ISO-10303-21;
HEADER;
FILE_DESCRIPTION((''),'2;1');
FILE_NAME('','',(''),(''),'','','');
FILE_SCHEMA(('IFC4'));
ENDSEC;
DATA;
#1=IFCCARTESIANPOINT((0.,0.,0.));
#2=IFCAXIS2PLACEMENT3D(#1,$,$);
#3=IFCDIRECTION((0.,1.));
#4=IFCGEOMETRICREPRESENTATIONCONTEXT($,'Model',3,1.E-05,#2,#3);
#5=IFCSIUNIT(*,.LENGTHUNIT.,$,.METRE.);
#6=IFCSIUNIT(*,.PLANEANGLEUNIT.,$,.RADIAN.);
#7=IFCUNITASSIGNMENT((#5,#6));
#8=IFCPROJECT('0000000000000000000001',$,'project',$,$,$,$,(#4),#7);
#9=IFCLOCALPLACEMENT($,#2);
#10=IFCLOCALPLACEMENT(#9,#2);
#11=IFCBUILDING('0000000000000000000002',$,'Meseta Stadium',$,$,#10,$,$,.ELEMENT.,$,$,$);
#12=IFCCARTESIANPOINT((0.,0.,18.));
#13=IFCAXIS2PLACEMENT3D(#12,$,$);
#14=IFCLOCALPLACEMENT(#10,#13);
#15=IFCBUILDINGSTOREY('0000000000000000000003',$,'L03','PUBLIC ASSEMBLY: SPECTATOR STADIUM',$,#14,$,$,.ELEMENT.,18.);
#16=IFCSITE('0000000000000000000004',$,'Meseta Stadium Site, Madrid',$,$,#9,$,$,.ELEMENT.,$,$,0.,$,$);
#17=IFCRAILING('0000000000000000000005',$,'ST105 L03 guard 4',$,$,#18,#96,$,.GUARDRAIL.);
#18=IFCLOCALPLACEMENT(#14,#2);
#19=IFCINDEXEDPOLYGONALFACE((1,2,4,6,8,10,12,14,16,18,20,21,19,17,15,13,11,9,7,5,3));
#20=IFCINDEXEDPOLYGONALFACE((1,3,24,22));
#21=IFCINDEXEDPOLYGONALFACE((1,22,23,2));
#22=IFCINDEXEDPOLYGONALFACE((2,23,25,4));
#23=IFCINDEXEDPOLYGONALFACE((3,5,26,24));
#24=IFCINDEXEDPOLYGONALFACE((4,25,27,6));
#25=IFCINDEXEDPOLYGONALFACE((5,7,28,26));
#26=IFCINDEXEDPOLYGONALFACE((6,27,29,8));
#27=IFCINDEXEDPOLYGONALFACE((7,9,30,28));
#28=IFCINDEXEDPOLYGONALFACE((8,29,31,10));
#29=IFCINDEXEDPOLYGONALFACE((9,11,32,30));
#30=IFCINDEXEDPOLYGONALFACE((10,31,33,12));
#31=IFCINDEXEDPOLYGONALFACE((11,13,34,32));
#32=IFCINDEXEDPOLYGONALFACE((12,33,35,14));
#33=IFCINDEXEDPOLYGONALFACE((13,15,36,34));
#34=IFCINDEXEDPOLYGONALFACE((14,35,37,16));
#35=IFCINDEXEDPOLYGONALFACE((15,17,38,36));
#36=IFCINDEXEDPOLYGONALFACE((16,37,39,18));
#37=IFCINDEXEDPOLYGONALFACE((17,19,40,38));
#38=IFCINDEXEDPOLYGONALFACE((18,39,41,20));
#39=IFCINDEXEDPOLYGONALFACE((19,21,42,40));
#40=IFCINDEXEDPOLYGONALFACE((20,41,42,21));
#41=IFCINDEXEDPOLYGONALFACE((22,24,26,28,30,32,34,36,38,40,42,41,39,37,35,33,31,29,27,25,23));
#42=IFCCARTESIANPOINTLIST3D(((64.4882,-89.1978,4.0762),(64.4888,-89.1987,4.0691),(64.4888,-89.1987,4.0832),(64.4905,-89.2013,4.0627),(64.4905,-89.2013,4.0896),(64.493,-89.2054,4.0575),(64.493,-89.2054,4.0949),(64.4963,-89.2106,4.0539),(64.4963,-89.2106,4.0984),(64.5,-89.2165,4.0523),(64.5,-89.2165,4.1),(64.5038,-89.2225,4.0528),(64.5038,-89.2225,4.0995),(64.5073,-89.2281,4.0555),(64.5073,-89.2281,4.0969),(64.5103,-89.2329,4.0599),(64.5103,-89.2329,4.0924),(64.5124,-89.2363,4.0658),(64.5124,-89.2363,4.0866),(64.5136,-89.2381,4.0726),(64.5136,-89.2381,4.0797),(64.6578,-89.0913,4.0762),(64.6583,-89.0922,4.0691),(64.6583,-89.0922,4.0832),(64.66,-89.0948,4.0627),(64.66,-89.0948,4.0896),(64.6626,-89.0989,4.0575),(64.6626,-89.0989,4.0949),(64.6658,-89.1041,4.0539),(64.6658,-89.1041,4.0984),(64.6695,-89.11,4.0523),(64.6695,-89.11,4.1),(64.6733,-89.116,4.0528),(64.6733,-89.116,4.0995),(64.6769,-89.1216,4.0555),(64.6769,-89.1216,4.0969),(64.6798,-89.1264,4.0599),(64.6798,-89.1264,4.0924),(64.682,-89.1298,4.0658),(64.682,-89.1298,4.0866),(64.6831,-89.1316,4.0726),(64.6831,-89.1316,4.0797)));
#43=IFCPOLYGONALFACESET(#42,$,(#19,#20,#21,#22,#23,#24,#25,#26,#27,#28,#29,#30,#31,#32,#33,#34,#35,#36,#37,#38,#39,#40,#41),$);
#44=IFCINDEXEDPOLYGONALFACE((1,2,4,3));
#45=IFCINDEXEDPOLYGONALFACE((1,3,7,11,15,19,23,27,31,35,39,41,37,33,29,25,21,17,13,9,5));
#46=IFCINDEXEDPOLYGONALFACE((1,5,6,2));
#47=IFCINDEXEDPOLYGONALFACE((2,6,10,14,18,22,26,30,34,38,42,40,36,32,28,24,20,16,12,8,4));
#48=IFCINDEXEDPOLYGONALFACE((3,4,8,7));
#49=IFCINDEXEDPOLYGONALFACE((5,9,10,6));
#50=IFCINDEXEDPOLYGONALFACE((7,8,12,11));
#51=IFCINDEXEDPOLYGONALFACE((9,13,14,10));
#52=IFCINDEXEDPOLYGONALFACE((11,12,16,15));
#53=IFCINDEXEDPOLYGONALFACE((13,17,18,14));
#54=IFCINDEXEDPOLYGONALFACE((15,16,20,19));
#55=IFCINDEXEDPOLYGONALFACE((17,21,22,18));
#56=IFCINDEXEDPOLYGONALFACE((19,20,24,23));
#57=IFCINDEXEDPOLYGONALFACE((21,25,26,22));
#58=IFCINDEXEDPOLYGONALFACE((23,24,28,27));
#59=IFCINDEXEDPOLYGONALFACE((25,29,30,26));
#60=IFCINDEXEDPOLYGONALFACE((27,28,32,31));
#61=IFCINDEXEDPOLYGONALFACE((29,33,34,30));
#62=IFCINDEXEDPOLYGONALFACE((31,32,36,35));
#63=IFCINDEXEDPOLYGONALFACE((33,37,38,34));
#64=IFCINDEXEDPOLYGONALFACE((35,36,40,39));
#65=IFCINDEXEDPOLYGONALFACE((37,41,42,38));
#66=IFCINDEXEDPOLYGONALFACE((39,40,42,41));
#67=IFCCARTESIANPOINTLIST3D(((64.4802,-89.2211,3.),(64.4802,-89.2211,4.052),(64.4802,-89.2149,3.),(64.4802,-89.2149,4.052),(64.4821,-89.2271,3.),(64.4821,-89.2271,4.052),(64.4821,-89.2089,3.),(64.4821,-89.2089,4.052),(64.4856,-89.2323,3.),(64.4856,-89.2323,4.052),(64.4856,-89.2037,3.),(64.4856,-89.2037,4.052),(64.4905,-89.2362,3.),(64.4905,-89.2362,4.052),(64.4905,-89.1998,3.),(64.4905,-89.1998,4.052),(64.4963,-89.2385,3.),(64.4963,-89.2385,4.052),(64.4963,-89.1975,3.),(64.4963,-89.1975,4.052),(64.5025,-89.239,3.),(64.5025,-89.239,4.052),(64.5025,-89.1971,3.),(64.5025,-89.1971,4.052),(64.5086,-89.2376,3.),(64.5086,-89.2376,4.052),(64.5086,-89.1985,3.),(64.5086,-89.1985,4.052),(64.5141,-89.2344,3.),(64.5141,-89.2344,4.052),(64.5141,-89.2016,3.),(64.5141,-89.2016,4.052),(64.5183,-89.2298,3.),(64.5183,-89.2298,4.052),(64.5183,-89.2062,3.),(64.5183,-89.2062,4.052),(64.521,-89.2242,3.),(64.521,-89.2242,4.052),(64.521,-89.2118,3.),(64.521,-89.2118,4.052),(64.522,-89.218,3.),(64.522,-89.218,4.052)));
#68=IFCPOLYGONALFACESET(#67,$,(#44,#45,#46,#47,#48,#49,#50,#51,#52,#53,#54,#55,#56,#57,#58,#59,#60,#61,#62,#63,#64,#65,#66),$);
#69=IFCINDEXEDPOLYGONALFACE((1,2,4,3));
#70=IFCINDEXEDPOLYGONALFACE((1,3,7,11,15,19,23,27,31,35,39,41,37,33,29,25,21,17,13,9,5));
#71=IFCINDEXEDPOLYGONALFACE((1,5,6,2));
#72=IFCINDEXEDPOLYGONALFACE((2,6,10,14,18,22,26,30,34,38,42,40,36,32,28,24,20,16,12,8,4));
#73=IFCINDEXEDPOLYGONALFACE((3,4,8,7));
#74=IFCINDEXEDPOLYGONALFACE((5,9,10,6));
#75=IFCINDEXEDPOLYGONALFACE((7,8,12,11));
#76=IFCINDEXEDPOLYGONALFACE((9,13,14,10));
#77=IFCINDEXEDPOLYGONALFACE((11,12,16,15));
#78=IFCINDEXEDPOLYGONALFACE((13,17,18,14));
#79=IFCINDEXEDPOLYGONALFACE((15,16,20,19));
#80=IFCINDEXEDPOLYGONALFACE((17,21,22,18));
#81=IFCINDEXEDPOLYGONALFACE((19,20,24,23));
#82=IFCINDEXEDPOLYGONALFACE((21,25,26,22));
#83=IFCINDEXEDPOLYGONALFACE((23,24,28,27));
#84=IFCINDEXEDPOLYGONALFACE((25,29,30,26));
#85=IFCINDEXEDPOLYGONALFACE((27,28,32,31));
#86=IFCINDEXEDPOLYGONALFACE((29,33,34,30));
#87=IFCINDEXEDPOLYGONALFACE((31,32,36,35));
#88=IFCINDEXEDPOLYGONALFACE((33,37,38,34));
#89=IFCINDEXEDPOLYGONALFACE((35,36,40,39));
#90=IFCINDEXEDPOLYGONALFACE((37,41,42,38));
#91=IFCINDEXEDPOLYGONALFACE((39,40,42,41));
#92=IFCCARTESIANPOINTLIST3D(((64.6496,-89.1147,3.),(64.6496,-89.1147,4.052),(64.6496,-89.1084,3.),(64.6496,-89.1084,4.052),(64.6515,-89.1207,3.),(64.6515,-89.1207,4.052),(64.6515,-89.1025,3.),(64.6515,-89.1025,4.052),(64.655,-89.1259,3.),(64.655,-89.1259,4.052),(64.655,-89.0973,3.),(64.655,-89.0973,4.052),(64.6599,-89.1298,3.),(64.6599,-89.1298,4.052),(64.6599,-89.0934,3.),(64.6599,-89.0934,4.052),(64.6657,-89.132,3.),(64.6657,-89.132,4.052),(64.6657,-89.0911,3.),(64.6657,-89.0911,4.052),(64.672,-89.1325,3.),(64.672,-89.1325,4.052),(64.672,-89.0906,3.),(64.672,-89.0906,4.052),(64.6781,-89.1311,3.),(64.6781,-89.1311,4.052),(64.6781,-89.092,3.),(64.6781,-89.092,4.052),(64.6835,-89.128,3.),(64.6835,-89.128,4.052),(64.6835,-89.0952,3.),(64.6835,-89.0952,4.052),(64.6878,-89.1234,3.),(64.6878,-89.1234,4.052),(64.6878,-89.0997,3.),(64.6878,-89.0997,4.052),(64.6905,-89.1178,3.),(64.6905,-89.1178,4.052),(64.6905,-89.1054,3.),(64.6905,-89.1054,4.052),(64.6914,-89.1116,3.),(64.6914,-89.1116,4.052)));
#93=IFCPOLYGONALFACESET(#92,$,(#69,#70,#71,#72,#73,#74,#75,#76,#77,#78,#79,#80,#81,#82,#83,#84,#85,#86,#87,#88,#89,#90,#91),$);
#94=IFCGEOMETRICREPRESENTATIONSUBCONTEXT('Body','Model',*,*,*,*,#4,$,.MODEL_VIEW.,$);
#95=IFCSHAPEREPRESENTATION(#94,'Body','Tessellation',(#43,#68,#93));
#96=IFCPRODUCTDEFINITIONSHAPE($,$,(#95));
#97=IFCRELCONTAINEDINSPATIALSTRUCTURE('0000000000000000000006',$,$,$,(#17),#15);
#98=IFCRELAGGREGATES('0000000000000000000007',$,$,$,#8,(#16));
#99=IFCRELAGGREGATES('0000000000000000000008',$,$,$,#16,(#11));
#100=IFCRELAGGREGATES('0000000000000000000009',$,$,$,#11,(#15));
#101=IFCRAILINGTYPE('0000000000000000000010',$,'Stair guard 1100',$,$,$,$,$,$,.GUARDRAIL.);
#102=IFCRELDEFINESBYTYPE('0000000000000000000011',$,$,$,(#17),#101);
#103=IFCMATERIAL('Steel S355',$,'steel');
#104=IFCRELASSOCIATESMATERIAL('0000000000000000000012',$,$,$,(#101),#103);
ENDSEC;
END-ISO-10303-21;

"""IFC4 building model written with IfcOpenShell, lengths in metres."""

from ifc_helpers import new_model, si_unit, direction, frame, origin, origin_2d, place, context, subcontext, project, spatial, circle, extrude, material, type_object, element, save


model = new_model("IFC4")

# Units and contexts
model_context = context("Model", 3, precision=1e-05, world=origin(), true_north=direction((0.0, 1.0)))
body_context = subcontext(model_context, "Body", "Model", "MODEL_VIEW")
ifc_project = project(units=[si_unit("LENGTHUNIT", "METRE"), si_unit("PLANEANGLEUNIT", "RADIAN")], contexts=[model_context])

# Site, building, storey
site_placement = place(None, origin())
site = spatial("IfcSite", under=ifc_project, at=site_placement, Name="Meseta Stadium Site, Madrid", CompositionType="ELEMENT", RefElevation=0.0)
building_placement = place(site_placement, origin())
building = spatial("IfcBuilding", under=site, at=building_placement, Name="Meseta Stadium", CompositionType="ELEMENT")
storey_placement = place(building_placement, frame((0.0, 0.0, 18.0)))
storey = spatial("IfcBuildingStorey", under=building, at=storey_placement, Name="L03", Description="PUBLIC ASSEMBLY: SPECTATOR STADIUM", CompositionType="ELEMENT", Elevation=18.0)

# Railing
ifc_material_1 = material(Name="Steel S355", Category="steel")
railing_type_1 = type_object("IfcRailingType", Name="Stair guard 1100", PredefinedType="GUARDRAIL", material=ifc_material_1)
railing_1_placement = place(storey_placement, frame((64.501, -89.218, 3.0)))
element("IfcRailing", 1, at=railing_1_placement, inside=storey, type_object=railing_type_1, Name="ST105 L03 guard 4", PredefinedType="GUARDRAIL", context=body_context, shape_type="SweptSolid", body=[
    extrude(circle(Radius=0.0239, at=origin_2d()), frame((0.0, 0.0, 1.0762), z_axis=(0.846762, 0.531972, 0.0), x_axis=(-0.531972, 0.846762, 0.0)), (0.0, 0.0, 1.0), 0.2002),
    extrude(circle(Radius=0.021, at=origin_2d()), origin(), (0.0, 0.0, 1.0), 1.052),
    extrude(circle(Radius=0.021, at=origin_2d()), frame((0.1694, 0.1064, 0.0)), (0.0, 0.0, 1.0), 1.052),
])

save(model, "model.ifc")
